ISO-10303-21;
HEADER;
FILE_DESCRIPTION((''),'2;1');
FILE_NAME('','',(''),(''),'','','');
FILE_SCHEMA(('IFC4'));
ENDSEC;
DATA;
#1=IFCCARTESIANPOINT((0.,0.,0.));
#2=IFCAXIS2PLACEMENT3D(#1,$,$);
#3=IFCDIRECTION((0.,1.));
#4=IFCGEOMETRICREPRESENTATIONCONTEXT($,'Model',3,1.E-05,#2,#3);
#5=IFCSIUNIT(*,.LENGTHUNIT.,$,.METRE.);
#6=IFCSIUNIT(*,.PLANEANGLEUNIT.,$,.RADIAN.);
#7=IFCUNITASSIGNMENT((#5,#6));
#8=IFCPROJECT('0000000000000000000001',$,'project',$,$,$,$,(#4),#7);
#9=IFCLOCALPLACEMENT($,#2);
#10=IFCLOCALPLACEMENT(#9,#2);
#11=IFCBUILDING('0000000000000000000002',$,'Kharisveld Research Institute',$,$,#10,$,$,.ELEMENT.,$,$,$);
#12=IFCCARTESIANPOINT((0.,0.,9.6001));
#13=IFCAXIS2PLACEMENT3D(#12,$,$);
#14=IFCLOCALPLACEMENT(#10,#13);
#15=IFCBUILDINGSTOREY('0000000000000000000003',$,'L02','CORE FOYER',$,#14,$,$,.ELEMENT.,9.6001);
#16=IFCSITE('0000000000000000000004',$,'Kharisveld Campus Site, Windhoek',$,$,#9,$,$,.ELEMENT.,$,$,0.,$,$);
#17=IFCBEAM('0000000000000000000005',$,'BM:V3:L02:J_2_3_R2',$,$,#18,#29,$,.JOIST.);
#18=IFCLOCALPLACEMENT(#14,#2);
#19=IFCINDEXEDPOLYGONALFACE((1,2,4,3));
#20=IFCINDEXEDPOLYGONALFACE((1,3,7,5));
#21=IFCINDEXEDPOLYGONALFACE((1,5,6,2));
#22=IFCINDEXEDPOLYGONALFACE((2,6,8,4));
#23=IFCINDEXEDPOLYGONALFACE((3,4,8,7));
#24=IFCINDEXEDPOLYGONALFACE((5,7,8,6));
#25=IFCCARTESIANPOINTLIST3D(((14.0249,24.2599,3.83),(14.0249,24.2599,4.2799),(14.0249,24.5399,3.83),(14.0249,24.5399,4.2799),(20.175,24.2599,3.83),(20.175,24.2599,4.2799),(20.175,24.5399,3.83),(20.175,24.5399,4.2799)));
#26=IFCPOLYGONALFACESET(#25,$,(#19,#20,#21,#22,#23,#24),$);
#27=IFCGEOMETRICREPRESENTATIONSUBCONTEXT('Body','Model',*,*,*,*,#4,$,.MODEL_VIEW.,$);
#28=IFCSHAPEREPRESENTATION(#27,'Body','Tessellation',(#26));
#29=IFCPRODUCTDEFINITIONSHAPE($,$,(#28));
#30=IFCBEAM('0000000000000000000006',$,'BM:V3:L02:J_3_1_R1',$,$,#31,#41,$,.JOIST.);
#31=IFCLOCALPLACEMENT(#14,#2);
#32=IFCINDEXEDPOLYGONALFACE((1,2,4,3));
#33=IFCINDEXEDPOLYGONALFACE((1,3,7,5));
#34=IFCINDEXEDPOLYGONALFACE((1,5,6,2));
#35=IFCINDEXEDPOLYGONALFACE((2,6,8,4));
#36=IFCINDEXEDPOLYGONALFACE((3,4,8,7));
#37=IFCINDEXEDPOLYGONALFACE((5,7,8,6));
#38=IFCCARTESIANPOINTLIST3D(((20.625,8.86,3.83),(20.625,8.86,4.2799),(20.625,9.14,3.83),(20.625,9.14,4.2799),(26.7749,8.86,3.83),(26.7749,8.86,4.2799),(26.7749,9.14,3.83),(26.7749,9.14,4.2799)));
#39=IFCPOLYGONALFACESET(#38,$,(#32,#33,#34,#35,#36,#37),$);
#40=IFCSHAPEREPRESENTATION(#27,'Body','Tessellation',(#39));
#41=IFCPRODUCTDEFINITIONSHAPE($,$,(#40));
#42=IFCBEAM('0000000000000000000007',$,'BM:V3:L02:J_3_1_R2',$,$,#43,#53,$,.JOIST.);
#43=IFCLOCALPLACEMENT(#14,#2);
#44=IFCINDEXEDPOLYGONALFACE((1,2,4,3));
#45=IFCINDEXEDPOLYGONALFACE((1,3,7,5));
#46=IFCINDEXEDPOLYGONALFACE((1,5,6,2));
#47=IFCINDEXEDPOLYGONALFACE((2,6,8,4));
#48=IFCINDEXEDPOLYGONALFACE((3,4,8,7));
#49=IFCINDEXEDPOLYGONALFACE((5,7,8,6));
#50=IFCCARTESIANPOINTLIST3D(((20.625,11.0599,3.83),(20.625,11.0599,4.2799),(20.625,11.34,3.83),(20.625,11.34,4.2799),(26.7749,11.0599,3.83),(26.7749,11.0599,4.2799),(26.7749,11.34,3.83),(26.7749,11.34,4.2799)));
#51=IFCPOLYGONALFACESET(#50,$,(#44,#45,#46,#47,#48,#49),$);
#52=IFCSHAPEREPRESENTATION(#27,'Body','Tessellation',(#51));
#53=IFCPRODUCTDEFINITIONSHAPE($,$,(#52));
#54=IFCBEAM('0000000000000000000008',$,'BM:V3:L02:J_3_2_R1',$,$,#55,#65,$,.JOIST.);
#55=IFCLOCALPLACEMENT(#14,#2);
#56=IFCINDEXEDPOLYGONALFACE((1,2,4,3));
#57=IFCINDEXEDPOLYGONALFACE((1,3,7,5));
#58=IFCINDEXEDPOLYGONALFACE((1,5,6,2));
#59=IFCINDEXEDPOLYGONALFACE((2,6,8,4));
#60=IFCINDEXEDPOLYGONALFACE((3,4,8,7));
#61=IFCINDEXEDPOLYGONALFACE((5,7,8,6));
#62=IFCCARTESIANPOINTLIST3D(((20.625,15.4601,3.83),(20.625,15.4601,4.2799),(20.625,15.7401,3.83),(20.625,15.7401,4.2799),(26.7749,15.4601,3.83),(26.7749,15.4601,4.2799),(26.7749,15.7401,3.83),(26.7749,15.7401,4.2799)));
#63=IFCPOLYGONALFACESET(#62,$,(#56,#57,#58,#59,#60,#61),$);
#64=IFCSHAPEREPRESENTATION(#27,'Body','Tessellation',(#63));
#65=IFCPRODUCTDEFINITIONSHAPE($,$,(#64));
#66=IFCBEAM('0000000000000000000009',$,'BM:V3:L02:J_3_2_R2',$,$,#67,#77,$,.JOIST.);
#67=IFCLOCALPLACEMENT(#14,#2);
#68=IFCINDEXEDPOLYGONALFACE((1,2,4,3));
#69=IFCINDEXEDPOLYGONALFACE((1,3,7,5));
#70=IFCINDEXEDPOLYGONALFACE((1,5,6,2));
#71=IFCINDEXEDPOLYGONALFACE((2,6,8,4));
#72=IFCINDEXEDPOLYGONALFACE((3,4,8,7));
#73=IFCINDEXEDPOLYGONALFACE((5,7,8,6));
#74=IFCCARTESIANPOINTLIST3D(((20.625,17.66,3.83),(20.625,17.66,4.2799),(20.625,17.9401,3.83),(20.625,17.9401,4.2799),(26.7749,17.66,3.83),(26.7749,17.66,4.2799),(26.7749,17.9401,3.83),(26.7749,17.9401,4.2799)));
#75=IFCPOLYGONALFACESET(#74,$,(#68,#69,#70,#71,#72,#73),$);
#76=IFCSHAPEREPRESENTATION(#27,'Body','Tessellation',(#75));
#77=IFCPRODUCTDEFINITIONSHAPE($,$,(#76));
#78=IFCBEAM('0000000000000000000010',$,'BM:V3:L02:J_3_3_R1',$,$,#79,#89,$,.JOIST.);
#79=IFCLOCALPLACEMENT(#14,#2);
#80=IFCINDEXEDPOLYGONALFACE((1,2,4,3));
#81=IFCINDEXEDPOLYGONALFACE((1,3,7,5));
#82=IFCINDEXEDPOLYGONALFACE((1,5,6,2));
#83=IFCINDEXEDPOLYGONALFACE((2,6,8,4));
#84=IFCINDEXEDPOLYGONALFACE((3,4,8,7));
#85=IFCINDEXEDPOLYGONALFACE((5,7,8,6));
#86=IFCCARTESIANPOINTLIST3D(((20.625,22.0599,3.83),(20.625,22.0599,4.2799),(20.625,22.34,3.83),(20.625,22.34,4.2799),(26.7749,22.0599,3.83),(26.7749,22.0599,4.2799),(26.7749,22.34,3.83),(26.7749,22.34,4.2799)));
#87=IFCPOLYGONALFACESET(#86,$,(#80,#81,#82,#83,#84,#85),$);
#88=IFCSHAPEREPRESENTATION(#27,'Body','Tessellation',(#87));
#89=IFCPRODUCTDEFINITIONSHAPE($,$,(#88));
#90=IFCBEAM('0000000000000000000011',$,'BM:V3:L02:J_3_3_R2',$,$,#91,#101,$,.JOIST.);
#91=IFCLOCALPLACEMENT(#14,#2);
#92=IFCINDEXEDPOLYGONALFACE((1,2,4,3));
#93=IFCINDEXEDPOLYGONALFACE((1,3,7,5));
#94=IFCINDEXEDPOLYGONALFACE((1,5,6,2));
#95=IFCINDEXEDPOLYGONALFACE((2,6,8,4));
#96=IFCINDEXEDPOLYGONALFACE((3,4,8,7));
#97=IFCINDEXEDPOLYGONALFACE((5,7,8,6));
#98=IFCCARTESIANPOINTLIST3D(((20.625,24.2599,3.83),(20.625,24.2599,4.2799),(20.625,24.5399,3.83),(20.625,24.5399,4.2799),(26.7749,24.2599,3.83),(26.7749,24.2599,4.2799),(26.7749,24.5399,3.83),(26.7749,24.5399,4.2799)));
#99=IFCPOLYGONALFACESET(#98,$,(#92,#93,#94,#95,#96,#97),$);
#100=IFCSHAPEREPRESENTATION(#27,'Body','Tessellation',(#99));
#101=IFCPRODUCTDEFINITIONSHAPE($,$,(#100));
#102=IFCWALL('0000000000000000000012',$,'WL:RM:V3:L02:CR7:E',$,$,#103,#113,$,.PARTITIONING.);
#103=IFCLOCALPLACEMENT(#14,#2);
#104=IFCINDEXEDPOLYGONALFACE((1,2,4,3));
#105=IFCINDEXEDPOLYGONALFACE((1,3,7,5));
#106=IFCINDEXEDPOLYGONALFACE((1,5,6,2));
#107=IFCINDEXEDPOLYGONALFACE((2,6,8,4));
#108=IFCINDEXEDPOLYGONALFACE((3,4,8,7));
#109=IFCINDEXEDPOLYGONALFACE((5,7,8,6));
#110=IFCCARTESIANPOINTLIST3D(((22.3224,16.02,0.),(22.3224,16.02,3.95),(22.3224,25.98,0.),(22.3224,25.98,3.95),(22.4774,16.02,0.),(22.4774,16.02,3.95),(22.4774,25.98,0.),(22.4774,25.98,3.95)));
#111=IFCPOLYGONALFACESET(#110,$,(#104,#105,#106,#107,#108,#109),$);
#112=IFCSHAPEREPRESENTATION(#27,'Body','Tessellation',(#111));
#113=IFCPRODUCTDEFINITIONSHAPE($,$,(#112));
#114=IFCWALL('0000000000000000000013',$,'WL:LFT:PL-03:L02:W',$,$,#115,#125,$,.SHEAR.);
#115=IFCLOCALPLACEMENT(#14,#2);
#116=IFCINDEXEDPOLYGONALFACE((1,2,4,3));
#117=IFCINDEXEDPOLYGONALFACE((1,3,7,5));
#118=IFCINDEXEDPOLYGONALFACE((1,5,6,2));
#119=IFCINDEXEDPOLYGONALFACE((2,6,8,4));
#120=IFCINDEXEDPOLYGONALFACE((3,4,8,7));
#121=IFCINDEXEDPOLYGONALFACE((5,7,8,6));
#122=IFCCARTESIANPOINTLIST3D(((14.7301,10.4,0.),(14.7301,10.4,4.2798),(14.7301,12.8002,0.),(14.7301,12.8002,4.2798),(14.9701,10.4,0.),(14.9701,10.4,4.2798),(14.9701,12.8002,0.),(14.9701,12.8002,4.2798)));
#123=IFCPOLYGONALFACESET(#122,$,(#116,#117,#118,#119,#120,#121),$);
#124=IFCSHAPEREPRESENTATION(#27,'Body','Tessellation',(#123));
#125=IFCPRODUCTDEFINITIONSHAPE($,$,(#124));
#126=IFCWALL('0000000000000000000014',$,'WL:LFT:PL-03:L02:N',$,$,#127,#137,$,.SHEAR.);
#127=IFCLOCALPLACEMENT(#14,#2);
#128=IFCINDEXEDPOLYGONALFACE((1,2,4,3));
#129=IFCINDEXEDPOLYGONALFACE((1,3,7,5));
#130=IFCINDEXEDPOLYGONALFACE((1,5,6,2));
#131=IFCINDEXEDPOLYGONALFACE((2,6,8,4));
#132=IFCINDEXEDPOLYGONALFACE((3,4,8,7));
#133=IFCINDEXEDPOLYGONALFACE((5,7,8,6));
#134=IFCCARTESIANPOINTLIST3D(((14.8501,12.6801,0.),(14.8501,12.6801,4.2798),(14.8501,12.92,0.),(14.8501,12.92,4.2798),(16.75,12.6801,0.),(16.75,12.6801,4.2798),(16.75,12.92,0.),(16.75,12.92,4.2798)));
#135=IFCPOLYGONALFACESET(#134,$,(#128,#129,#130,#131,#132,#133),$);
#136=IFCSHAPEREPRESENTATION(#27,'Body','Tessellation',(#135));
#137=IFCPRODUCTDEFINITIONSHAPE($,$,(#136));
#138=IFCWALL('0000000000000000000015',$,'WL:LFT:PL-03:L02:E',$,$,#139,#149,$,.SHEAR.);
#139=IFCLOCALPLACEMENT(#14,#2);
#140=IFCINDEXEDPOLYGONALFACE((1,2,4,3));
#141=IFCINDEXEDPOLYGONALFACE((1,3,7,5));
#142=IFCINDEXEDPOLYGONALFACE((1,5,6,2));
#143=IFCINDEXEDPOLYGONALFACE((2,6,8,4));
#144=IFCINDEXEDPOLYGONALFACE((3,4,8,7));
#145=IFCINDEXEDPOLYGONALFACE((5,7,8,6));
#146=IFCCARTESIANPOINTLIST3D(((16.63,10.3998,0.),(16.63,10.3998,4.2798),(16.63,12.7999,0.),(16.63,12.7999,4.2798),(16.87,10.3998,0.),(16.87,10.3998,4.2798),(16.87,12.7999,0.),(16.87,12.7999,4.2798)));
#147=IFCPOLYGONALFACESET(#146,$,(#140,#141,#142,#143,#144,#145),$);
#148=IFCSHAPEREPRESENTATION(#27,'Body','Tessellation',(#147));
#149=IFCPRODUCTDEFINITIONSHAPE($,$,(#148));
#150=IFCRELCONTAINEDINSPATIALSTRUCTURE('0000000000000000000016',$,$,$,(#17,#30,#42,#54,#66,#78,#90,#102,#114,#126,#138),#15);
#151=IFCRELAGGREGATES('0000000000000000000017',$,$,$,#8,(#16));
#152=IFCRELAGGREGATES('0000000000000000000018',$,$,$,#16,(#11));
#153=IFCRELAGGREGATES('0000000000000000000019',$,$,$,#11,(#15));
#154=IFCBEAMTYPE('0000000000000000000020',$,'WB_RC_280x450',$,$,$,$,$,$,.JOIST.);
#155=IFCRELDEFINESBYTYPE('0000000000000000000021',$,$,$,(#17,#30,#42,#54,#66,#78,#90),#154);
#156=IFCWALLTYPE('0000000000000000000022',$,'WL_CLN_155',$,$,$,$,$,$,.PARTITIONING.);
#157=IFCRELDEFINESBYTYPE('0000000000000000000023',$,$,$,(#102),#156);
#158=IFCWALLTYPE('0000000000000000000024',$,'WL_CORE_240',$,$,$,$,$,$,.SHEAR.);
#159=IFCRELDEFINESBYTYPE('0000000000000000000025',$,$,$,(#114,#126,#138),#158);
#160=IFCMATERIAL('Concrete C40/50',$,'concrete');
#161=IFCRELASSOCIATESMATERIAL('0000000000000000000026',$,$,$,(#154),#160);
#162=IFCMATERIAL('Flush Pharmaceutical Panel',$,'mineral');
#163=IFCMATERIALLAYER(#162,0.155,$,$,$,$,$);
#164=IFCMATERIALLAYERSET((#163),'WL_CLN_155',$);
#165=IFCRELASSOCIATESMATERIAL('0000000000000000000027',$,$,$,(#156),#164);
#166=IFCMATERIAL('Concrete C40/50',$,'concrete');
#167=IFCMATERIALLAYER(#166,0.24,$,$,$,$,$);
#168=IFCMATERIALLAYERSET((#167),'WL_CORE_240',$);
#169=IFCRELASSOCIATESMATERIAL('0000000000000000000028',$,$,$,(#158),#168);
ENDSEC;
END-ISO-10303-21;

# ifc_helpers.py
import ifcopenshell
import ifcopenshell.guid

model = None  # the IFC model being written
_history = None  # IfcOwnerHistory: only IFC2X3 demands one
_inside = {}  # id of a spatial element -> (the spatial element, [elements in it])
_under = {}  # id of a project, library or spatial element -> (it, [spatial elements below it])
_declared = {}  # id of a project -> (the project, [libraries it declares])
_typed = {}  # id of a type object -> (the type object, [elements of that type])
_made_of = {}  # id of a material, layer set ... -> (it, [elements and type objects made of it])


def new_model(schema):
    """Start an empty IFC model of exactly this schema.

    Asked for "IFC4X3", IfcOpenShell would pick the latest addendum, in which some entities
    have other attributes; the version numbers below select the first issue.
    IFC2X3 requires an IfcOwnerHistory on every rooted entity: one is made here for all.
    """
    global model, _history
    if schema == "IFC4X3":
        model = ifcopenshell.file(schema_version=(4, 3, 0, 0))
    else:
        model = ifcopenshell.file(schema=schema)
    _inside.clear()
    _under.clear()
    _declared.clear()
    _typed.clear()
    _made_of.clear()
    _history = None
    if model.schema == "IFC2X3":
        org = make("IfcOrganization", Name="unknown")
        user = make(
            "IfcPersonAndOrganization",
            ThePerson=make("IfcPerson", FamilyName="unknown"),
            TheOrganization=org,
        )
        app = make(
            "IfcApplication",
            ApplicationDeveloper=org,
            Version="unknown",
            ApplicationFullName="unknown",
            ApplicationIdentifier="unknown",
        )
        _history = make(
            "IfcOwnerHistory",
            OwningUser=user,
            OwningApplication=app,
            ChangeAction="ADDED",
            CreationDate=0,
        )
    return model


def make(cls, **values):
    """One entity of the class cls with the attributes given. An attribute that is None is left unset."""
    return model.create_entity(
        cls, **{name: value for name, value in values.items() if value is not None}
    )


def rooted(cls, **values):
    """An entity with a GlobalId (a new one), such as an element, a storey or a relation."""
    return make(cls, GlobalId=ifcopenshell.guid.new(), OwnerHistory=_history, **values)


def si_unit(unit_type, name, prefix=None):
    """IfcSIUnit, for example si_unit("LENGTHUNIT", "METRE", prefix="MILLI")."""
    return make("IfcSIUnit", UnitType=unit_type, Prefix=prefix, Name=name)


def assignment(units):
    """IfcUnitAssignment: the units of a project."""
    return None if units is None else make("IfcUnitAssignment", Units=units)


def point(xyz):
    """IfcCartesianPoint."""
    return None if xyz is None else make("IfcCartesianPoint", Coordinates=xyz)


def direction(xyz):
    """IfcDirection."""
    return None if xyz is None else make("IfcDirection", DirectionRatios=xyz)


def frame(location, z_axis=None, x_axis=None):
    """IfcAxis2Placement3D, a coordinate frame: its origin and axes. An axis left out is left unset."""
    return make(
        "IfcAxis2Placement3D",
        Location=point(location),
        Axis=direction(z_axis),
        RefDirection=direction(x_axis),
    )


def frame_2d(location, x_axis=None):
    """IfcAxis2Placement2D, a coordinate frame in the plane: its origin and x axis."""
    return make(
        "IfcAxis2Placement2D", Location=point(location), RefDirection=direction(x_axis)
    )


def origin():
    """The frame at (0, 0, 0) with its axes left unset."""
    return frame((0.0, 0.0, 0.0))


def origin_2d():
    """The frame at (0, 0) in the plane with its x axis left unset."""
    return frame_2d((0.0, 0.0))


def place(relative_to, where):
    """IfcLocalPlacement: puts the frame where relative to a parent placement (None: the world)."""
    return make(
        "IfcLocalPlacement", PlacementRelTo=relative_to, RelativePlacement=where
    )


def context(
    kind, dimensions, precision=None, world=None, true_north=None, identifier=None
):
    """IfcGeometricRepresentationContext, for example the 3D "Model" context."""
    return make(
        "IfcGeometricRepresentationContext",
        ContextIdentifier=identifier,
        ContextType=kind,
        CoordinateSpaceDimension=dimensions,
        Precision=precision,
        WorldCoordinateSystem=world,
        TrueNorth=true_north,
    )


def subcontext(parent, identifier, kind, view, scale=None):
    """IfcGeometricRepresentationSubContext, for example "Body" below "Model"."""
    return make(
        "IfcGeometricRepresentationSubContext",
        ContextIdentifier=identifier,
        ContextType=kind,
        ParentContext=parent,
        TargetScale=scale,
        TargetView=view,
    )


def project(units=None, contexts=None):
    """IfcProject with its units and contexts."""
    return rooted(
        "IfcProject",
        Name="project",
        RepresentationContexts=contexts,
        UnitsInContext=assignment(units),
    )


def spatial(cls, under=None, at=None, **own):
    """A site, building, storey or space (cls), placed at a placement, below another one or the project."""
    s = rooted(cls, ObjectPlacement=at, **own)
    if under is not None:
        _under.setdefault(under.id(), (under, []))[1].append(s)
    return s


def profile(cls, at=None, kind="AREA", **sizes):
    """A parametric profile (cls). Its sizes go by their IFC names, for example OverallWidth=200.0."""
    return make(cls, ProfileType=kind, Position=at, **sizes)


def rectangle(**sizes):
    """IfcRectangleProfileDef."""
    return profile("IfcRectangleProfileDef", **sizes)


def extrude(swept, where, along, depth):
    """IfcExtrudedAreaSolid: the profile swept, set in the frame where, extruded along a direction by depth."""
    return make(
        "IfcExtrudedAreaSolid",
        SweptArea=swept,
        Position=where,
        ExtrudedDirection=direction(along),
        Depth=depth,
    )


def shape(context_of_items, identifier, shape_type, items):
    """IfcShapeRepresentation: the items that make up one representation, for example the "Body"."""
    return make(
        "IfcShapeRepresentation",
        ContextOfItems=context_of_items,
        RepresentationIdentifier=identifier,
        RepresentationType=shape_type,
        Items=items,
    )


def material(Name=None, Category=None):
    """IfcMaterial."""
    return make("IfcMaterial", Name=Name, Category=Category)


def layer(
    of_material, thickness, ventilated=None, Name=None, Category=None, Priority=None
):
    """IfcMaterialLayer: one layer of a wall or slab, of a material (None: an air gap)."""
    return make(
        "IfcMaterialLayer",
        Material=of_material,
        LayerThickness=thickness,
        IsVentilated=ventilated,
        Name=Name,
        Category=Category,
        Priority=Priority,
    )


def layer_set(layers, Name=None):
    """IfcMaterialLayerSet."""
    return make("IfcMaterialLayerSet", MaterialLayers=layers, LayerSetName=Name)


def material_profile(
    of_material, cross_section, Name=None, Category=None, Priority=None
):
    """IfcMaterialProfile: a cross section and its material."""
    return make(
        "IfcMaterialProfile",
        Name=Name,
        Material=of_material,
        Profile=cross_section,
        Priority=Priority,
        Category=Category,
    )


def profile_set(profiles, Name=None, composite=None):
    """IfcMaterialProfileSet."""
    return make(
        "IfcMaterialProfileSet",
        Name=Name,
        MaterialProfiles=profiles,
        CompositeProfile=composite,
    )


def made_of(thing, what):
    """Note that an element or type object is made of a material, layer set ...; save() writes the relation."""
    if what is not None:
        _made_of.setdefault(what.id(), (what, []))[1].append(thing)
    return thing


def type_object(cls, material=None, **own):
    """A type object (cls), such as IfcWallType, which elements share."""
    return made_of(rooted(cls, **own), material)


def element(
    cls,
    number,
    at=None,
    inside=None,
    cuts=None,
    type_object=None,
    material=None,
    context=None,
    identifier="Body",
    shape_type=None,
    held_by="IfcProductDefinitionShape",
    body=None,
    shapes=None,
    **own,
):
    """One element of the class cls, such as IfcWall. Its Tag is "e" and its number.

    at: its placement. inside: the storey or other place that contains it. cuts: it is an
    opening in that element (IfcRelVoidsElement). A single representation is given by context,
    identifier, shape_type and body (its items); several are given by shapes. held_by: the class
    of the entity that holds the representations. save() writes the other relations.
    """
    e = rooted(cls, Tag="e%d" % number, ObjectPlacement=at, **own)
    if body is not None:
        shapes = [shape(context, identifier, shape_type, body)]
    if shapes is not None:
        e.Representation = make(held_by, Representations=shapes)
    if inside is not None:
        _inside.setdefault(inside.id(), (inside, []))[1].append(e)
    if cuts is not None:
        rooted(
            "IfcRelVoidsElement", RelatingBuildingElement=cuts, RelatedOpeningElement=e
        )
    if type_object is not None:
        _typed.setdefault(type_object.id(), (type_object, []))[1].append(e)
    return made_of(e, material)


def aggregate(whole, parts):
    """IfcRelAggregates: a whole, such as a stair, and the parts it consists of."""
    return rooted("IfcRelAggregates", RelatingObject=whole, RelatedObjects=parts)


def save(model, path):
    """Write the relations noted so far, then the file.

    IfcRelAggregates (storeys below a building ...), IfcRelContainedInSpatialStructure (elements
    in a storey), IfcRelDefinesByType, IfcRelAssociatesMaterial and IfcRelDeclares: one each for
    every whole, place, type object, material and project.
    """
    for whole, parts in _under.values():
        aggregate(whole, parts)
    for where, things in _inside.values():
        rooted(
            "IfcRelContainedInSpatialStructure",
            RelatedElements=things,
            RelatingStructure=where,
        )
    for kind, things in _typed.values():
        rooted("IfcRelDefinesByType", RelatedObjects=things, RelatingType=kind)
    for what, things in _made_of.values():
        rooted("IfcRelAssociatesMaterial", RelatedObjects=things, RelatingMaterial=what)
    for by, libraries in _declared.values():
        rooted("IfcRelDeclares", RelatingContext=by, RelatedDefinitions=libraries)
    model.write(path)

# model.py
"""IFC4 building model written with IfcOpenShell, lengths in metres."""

from ifc_helpers import new_model, si_unit, direction, frame, frame_2d, origin, origin_2d, place, context, subcontext, project, spatial, rectangle, extrude, material, layer, layer_set, material_profile, profile_set, type_object, element, save


model = new_model("IFC4")

# Units and contexts
model_context = context("Model", 3, precision=1e-05, world=origin(), true_north=direction((0.0, 1.0)))
body_context = subcontext(model_context, "Body", "Model", "MODEL_VIEW")
ifc_project = project(units=[si_unit("LENGTHUNIT", "METRE"), si_unit("PLANEANGLEUNIT", "RADIAN")], contexts=[model_context])

# Site, building, storey
site_placement = place(None, origin())
site = spatial("IfcSite", under=ifc_project, at=site_placement, Name="Kharisveld Campus Site, Windhoek", CompositionType="ELEMENT", RefElevation=0.0)
building_placement = place(site_placement, origin())
building = spatial("IfcBuilding", under=site, at=building_placement, Name="Kharisveld Research Institute", CompositionType="ELEMENT")
storey_placement = place(building_placement, frame((0.0, 0.0, 9.6001)))
storey = spatial("IfcBuildingStorey", under=building, at=storey_placement, Name="L02", Description="CORE FOYER", CompositionType="ELEMENT", Elevation=9.6001)

# Beams
ifc_material_1 = material(Name="Concrete C40/50", Category="concrete")
ifc_material_profile_1 = material_profile(ifc_material_1, rectangle(XDim=0.28, YDim=0.45, at=origin_2d()))
ifc_profile_set_1 = profile_set([ifc_material_profile_1], Name="Concrete C40/50")
beam_type_1 = type_object("IfcBeamType", Name="WB_RC_280x450", PredefinedType="JOIST", material=ifc_profile_set_1)
for number, where, z_axis, x_axis, name in (
    (1, (14.0249, 24.3999, 4.0549), (1.0, 0.0, 0.0), (0.0, 1.0, 0.0), "BM:V3:L02:J_2_3_R2"),
):
    element("IfcBeam", number, at=place(storey_placement, frame(where, z_axis=z_axis, x_axis=x_axis)), inside=storey, type_object=beam_type_1, Name=name, PredefinedType="JOIST", context=body_context, shape_type="SweptSolid", body=[
        extrude(rectangle(XDim=0.28, YDim=0.45, at=origin_2d()), origin(), (0.0, 0.0, 1.0), 6.1501),
    ])
for number, where, z_axis, x_axis, name in (
    (2, (20.625, 9.0, 4.0549), (1.0, 0.0, 0.0), (0.0, 1.0, 0.0), "BM:V3:L02:J_3_1_R1"),
    (3, (20.625, 11.2, 4.0549), (1.0, 0.0, 0.0), (0.0, 1.0, 0.0), "BM:V3:L02:J_3_1_R2"),
    (4, (20.625, 15.6001, 4.0549), (1.0, 0.0, 0.0), (0.0, 1.0, 0.0), "BM:V3:L02:J_3_2_R1"),
    (5, (20.625, 17.8, 4.0549), (1.0, 0.0, 0.0), (0.0, 1.0, 0.0), "BM:V3:L02:J_3_2_R2"),
    (6, (20.625, 22.2, 4.0549), (1.0, 0.0, 0.0), (0.0, 1.0, 0.0), "BM:V3:L02:J_3_3_R1"),
    (7, (20.625, 24.3999, 4.0549), (1.0, 0.0, 0.0), (0.0, 1.0, 0.0), "BM:V3:L02:J_3_3_R2"),
):
    element("IfcBeam", number, at=place(storey_placement, frame(where, z_axis=z_axis, x_axis=x_axis)), inside=storey, type_object=beam_type_1, Name=name, PredefinedType="JOIST", context=body_context, shape_type="SweptSolid", body=[
        extrude(rectangle(XDim=0.28, YDim=0.45, at=origin_2d()), origin(), (0.0, 0.0, 1.0), 6.1499),
    ])

# Walls
ifc_material_2 = material(Name="Flush Pharmaceutical Panel", Category="mineral")
ifc_layer_1 = layer(ifc_material_2, 0.155)
ifc_layer_set_1 = layer_set([ifc_layer_1], Name="WL_CLN_155")
wall_type_1 = type_object("IfcWallType", Name="WL_CLN_155", PredefinedType="PARTITIONING", material=ifc_layer_set_1)
wall_1_placement = place(storey_placement, frame((22.3999, 16.02, 0.0), z_axis=(0.0, 0.0, 1.0), x_axis=(0.0, 1.0, 0.0)))
element("IfcWall", 8, at=wall_1_placement, inside=storey, type_object=wall_type_1, Name="WL:RM:V3:L02:CR7:E", PredefinedType="PARTITIONING", context=body_context, shape_type="SweptSolid", body=[
    extrude(rectangle(XDim=9.96, YDim=0.155, at=frame_2d((4.98, 0.0))), origin(), (0.0, 0.0, 1.0), 3.95),
])
ifc_material_3 = material(Name="Concrete C40/50", Category="concrete")
ifc_layer_2 = layer(ifc_material_3, 0.24)
ifc_layer_set_2 = layer_set([ifc_layer_2], Name="WL_CORE_240")
wall_type_2 = type_object("IfcWallType", Name="WL_CORE_240", PredefinedType="SHEAR", material=ifc_layer_set_2)
wall_2_placement = place(storey_placement, frame((14.8501, 10.3999, 0.0), z_axis=(0.0, 0.0, 1.0), x_axis=(0.0, 1.0, 0.0)))
element("IfcWall", 9, at=wall_2_placement, inside=storey, type_object=wall_type_2, Name="WL:LFT:PL-03:L02:W", PredefinedType="SHEAR", context=body_context, shape_type="SweptSolid", body=[
    extrude(rectangle(XDim=2.4001, YDim=0.24, at=frame_2d((1.2002, 0.0))), origin(), (0.0, 0.0, 1.0), 4.2798),
])
wall_3_placement = place(storey_placement, frame((14.8501, 12.8, 0.0), z_axis=(0.0, 0.0, 1.0), x_axis=(1.0, 0.0, 0.0)))
element("IfcWall", 10, at=wall_3_placement, inside=storey, type_object=wall_type_2, Name="WL:LFT:PL-03:L02:N", PredefinedType="SHEAR", context=body_context, shape_type="SweptSolid", body=[
    extrude(rectangle(XDim=1.8999, YDim=0.24, at=frame_2d((0.95, 0.0))), origin(), (0.0, 0.0, 1.0), 4.2798),
])
wall_4_placement = place(storey_placement, frame((16.75, 12.8, 0.0), z_axis=(0.0, 0.0, 1.0), x_axis=(0.0, -1.0, 0.0)))
element("IfcWall", 11, at=wall_4_placement, inside=storey, type_object=wall_type_2, Name="WL:LFT:PL-03:L02:E", PredefinedType="SHEAR", context=body_context, shape_type="SweptSolid", body=[
    extrude(rectangle(XDim=2.4001, YDim=0.24, at=frame_2d((1.2002, 0.0))), origin(), (0.0, 0.0, 1.0), 4.2798),
])

save(model, "model.ifc")
